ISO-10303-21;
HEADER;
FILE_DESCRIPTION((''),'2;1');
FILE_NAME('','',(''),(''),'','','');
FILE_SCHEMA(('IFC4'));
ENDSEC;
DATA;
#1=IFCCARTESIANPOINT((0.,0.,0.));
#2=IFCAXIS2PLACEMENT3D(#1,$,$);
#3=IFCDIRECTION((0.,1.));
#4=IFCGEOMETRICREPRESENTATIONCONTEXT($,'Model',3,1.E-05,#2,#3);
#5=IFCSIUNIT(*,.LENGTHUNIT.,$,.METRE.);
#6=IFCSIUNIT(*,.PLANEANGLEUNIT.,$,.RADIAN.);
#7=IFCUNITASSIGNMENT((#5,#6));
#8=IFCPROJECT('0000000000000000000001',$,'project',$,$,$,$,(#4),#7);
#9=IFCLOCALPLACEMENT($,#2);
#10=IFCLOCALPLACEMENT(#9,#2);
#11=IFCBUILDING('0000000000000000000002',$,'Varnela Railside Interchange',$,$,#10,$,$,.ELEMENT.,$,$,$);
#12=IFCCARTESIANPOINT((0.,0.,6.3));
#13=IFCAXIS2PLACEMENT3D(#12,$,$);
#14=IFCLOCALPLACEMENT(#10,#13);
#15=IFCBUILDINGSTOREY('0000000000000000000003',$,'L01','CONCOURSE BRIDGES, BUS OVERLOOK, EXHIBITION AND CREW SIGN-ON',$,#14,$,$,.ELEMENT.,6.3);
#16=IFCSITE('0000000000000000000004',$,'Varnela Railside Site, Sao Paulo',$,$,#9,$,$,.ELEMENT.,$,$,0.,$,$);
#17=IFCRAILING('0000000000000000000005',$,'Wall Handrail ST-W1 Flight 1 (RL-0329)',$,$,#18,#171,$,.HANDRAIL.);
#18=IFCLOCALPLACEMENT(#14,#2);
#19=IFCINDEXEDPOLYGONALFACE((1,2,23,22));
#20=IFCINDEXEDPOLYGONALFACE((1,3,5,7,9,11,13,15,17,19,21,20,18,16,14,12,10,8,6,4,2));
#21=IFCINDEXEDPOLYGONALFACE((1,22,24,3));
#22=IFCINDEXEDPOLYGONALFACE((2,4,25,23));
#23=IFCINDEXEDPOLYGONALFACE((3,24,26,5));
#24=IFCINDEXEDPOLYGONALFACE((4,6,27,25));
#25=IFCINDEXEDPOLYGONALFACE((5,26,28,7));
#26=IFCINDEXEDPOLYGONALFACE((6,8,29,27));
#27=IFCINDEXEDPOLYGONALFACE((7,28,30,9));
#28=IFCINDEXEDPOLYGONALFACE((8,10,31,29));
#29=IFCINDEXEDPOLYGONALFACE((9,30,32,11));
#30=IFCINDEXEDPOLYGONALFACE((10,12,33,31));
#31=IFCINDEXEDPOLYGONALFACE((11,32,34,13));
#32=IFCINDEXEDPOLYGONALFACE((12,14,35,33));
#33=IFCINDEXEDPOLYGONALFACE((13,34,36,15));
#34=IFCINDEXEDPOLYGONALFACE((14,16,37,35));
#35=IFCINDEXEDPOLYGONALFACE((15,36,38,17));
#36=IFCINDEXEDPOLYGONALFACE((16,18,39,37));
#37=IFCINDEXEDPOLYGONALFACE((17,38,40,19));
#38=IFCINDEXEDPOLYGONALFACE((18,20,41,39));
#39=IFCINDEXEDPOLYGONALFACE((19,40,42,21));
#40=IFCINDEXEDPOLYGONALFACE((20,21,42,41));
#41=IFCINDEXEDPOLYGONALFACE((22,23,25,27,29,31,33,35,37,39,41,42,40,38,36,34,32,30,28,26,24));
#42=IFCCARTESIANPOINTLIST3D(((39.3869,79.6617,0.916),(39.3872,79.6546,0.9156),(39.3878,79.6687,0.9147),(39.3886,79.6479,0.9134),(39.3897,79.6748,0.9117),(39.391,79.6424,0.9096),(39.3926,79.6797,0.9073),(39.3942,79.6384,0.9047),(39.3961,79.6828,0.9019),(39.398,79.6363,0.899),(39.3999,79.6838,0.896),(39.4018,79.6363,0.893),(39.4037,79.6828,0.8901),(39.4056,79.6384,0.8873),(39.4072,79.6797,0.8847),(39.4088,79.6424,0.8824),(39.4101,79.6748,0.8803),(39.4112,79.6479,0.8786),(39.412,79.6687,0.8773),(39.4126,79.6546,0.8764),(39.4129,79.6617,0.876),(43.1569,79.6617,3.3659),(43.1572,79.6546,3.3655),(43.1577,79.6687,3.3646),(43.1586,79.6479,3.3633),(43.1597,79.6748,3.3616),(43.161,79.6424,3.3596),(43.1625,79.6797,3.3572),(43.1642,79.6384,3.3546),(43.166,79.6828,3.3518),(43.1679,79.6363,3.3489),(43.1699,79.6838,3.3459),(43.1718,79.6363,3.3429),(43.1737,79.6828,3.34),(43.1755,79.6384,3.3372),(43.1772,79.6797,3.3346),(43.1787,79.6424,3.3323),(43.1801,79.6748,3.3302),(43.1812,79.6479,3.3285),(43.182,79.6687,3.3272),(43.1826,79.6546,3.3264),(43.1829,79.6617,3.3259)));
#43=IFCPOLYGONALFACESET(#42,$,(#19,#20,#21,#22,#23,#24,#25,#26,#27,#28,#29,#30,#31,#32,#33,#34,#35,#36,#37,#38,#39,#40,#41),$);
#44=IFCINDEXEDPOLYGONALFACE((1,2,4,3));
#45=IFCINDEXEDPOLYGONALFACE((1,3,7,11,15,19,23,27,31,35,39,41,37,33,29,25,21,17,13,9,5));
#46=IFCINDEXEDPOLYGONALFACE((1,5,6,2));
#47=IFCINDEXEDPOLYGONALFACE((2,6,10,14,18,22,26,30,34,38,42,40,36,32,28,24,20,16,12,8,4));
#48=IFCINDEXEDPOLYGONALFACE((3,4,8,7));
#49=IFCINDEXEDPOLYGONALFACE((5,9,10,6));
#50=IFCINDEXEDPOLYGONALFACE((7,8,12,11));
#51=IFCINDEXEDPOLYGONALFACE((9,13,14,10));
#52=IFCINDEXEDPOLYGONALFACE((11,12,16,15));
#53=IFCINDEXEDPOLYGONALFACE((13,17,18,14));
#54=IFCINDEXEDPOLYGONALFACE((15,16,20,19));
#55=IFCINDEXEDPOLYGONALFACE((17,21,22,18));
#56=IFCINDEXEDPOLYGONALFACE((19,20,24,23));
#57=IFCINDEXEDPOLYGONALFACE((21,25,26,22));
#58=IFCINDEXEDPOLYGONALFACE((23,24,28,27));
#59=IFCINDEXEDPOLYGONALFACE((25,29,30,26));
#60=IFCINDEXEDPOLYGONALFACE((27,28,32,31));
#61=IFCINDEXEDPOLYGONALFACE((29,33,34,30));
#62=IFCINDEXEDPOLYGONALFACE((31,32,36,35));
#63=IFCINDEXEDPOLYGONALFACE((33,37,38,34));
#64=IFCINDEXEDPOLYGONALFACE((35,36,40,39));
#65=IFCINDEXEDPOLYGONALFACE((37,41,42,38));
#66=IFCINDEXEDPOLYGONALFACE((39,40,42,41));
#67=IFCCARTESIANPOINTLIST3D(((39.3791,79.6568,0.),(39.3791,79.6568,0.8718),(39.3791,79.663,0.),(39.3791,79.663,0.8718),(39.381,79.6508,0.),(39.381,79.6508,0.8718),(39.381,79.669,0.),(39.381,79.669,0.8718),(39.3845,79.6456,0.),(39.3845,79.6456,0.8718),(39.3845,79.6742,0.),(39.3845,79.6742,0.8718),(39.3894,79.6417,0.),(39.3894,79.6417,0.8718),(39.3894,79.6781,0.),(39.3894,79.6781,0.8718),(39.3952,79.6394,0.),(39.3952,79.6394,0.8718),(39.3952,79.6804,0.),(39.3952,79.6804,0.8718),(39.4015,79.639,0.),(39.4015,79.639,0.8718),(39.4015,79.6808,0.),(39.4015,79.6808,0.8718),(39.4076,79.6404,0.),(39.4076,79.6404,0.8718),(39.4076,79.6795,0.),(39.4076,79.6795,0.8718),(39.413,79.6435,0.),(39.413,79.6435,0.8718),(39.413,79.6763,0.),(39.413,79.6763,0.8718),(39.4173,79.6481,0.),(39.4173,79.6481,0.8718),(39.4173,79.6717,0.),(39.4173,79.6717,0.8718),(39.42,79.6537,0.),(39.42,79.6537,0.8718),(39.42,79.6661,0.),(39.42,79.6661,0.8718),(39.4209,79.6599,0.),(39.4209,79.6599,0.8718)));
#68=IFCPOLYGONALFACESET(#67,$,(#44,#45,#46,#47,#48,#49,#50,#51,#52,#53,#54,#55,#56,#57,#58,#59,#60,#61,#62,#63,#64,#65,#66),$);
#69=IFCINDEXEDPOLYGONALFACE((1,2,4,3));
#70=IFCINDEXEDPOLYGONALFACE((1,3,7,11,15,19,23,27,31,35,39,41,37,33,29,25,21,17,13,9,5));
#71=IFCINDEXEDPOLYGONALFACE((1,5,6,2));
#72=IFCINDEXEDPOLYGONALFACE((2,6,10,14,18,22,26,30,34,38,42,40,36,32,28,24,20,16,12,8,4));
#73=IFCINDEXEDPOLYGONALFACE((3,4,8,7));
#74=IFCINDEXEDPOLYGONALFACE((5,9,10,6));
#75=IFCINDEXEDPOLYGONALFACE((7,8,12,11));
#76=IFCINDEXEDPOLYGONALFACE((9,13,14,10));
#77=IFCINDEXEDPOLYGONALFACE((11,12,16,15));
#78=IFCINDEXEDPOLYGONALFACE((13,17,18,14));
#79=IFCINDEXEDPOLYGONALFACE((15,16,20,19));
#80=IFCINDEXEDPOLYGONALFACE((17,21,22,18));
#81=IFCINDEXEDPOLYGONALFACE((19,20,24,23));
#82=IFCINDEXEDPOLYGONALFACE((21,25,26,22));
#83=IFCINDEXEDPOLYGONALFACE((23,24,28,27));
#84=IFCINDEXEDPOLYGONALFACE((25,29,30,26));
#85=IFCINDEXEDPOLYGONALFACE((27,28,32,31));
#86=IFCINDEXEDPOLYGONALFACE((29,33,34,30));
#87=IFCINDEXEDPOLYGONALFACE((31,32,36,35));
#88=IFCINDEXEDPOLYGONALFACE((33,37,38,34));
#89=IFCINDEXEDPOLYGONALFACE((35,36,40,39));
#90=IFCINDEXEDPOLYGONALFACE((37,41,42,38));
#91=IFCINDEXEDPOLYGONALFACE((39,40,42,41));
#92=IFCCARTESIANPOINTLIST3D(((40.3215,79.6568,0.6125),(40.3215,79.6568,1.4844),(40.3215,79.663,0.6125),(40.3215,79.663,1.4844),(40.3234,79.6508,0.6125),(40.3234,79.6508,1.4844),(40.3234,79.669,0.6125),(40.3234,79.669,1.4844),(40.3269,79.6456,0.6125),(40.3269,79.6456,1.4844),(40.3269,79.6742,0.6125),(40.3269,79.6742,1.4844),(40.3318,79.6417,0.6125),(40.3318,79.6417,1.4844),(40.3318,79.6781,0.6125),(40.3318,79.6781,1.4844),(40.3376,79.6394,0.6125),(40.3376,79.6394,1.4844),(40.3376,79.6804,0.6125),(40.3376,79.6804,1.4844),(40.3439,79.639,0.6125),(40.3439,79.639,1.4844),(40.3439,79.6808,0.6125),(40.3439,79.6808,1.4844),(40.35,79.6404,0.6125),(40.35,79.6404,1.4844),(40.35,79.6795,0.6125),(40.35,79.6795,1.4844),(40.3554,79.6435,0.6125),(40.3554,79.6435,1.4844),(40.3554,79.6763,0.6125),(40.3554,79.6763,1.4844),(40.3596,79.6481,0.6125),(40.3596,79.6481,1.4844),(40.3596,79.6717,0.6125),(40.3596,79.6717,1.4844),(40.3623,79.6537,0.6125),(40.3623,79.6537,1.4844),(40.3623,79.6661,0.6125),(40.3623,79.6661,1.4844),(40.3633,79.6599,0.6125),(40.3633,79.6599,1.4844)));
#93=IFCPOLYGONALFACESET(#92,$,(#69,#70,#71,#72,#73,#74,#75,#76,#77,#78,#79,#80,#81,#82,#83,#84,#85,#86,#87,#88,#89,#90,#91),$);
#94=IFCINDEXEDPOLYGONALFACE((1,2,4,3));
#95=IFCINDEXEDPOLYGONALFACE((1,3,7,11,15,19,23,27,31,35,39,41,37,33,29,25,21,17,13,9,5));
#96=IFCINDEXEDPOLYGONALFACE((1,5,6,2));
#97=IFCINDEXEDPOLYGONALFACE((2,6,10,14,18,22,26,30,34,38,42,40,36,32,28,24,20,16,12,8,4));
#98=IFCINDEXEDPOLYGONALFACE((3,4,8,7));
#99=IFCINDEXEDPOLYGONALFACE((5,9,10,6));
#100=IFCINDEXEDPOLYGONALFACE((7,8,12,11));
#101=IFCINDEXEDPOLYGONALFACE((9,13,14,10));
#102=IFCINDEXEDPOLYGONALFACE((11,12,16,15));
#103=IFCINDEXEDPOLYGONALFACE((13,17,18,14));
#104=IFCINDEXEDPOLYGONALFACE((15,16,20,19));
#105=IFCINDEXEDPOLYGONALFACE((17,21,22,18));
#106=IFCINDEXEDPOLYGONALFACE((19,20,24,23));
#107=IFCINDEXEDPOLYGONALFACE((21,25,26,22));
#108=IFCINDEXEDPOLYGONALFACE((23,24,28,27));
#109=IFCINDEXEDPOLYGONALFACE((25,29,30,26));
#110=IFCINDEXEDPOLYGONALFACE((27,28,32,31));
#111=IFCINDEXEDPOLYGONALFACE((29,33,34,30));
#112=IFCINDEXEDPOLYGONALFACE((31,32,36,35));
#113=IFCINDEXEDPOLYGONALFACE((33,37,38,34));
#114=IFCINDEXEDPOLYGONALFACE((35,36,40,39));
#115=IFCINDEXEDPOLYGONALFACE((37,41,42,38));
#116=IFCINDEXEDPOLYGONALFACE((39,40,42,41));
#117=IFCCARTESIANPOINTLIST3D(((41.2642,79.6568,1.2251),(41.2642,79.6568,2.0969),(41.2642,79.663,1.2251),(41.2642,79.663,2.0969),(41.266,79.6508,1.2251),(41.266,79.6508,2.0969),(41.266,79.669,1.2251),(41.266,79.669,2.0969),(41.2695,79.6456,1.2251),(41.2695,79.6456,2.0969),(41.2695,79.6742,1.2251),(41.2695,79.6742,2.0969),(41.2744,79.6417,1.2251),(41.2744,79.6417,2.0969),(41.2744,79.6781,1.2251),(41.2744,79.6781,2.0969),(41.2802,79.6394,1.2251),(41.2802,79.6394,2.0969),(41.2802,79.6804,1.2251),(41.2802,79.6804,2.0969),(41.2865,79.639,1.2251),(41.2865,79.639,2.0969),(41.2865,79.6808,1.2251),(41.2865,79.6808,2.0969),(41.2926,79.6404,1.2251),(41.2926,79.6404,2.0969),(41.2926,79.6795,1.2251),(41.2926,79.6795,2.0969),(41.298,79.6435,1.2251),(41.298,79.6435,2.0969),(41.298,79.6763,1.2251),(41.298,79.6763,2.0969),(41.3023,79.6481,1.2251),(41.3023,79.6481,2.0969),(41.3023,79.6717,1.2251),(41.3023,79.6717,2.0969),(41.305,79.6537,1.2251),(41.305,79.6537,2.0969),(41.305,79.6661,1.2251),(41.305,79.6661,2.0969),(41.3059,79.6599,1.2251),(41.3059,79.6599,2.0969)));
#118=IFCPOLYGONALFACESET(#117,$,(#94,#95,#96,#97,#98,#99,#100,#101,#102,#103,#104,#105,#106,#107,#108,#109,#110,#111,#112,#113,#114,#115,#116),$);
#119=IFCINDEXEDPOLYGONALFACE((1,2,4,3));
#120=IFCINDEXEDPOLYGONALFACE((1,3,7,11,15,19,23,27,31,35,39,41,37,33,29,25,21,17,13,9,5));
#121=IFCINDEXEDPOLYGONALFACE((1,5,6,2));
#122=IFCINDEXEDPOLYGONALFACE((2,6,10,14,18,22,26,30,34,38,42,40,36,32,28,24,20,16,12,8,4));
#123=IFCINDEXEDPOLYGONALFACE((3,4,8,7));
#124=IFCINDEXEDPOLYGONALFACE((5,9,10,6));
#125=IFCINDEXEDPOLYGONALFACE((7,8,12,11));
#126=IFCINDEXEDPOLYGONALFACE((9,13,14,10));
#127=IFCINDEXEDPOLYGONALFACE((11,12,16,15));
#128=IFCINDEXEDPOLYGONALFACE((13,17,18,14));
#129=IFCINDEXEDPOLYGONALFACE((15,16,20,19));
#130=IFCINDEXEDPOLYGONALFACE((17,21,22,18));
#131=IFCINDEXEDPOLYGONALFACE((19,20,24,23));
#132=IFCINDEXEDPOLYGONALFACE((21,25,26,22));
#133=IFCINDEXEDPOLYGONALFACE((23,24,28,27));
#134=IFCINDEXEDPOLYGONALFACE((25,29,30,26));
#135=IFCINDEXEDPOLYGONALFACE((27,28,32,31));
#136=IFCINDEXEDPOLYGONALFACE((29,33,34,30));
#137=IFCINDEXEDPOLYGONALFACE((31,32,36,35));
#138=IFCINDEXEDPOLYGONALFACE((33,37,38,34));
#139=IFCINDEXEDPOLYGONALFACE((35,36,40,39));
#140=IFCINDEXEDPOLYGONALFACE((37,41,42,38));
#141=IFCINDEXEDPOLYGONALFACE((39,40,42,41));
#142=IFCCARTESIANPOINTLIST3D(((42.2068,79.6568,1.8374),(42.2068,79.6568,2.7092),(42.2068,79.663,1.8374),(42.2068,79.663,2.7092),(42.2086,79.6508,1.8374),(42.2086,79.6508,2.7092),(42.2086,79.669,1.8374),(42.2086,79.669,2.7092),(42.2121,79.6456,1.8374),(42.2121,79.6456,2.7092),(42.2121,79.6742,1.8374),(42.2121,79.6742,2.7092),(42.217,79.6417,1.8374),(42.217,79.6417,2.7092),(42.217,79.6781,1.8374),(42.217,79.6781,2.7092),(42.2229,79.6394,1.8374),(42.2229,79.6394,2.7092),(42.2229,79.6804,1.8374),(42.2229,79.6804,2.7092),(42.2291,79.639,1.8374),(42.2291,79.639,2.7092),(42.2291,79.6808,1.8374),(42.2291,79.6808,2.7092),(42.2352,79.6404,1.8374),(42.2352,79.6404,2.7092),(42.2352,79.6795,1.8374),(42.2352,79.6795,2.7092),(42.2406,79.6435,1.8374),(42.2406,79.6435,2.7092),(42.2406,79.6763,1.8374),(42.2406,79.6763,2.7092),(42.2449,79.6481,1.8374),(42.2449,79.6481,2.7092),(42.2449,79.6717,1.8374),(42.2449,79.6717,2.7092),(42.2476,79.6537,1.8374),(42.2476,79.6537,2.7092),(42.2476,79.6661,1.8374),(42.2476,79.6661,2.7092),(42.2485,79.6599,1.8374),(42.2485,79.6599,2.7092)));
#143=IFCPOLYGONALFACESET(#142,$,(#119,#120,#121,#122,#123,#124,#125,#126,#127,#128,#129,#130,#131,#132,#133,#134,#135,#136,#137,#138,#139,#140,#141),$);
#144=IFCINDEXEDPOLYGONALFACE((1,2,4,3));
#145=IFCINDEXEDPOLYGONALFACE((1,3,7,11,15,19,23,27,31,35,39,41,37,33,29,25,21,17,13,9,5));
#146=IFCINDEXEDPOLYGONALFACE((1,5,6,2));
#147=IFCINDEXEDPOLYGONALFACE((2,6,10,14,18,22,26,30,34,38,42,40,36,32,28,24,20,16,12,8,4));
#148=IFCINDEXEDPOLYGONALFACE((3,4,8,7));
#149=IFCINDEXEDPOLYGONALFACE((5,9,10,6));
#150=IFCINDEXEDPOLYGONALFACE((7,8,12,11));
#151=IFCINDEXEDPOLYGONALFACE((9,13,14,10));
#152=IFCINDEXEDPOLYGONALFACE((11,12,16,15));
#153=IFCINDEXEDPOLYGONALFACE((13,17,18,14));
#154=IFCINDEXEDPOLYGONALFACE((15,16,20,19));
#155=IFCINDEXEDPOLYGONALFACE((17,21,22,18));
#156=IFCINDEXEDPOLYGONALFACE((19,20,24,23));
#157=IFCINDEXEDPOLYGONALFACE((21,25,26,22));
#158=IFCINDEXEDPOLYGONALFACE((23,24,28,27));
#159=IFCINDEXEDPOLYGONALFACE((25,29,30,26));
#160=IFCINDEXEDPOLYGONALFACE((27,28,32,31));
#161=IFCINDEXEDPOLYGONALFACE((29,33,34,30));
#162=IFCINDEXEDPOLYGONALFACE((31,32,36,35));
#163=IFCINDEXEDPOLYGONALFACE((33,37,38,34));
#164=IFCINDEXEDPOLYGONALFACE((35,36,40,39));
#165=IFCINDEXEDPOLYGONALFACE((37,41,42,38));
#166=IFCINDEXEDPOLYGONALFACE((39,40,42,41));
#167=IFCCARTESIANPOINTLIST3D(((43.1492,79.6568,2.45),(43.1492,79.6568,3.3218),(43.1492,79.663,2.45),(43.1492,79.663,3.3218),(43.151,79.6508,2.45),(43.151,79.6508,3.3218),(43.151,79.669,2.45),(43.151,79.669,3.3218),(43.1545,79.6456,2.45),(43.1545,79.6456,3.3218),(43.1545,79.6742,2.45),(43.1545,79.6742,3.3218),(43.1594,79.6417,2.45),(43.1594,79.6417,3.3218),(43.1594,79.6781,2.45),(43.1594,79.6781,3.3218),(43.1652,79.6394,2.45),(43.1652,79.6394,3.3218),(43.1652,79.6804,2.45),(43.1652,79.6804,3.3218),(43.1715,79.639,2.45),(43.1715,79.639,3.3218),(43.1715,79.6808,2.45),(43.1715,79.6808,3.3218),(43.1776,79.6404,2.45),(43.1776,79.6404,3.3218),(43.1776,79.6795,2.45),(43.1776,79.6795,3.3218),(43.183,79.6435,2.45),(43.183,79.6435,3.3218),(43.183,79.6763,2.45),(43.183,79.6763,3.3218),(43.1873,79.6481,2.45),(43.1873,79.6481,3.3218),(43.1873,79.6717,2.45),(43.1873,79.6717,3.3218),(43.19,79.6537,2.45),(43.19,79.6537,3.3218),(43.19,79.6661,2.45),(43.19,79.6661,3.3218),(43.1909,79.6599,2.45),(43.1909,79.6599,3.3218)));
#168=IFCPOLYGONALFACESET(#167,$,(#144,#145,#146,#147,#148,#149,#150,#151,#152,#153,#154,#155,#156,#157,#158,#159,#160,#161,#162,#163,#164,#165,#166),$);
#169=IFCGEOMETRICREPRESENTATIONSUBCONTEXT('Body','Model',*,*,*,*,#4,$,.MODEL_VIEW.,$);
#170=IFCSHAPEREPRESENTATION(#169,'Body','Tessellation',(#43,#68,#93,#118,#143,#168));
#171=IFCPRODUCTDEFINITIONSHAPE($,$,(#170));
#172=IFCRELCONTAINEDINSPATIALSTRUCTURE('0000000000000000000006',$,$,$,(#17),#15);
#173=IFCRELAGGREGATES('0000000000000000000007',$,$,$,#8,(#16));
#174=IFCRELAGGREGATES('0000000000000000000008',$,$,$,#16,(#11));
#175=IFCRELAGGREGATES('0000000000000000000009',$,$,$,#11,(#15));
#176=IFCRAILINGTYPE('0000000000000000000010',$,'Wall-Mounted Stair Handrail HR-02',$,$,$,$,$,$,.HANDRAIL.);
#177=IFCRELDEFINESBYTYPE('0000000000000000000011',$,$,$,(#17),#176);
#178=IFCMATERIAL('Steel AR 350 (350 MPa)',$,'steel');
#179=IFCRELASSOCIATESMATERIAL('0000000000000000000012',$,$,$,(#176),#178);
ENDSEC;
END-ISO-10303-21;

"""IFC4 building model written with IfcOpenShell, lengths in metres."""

from ifc_helpers import new_model, si_unit, direction, frame, origin, origin_2d, place, context, subcontext, project, spatial, circle, extrude, material, type_object, element, save


model = new_model("IFC4")

# Units and contexts
model_context = context("Model", 3, precision=1e-05, world=origin(), true_north=direction((0.0, 1.0)))
body_context = subcontext(model_context, "Body", "Model", "MODEL_VIEW")
ifc_project = project(units=[si_unit("LENGTHUNIT", "METRE"), si_unit("PLANEANGLEUNIT", "RADIAN")], contexts=[model_context])

# Site, building, storey
site_placement = place(None, origin())
site = spatial("IfcSite", under=ifc_project, at=site_placement, Name="Varnela Railside Site, Sao Paulo", CompositionType="ELEMENT", RefElevation=0.0)
building_placement = place(site_placement, origin())
building = spatial("IfcBuilding", under=site, at=building_placement, Name="Varnela Railside Interchange", CompositionType="ELEMENT")
storey_placement = place(building_placement, frame((0.0, 0.0, 6.3)))
storey = spatial("IfcBuildingStorey", under=building, at=storey_placement, Name="L01", Description="CONCOURSE BRIDGES, BUS OVERLOOK, EXHIBITION AND CREW SIGN-ON", CompositionType="ELEMENT", Elevation=6.3)

# Shared definitions
ifc_material_1 = material(Name="Steel AR 350 (350 MPa)", Category="steel")

# Railing
railing_type_1 = type_object("IfcRailingType", Name="Wall-Mounted Stair Handrail HR-02", PredefinedType="HANDRAIL", material=ifc_material_1)
railing_1_placement = place(storey_placement, frame((39.3999, 79.6599, 0.0)))
element("IfcRailing", 1, at=railing_1_placement, inside=storey, type_object=railing_type_1, Name="Wall Handrail ST-W1 Flight 1 (RL-0329)", PredefinedType="HANDRAIL", context=body_context, shape_type="SweptSolid", body=[
    extrude(circle(Radius=0.0239, at=origin_2d()), frame((0.0, 0.0, 0.896), z_axis=(0.838501, 0.0, 0.544901), x_axis=(0.0, 1.0, 0.0)), (0.0, 0.0, 1.0), 4.4961),
    extrude(circle(Radius=0.021, at=origin_2d()), origin(), (0.0, 0.0, 1.0), 0.8718),
    extrude(circle(Radius=0.021, at=origin_2d()), frame((0.9424, 0.0, 0.6125)), (0.0, 0.0, 1.0), 0.8718),
    extrude(circle(Radius=0.021, at=origin_2d()), frame((1.885, 0.0, 1.2251)), (0.0, 0.0, 1.0), 0.8718),
    extrude(circle(Radius=0.021, at=origin_2d()), frame((2.8276, 0.0, 1.8374)), (0.0, 0.0, 1.0), 0.8718),
    extrude(circle(Radius=0.021, at=origin_2d()), frame((3.77, 0.0, 2.45)), (0.0, 0.0, 1.0), 0.8718),
])

save(model, "model.ifc")
